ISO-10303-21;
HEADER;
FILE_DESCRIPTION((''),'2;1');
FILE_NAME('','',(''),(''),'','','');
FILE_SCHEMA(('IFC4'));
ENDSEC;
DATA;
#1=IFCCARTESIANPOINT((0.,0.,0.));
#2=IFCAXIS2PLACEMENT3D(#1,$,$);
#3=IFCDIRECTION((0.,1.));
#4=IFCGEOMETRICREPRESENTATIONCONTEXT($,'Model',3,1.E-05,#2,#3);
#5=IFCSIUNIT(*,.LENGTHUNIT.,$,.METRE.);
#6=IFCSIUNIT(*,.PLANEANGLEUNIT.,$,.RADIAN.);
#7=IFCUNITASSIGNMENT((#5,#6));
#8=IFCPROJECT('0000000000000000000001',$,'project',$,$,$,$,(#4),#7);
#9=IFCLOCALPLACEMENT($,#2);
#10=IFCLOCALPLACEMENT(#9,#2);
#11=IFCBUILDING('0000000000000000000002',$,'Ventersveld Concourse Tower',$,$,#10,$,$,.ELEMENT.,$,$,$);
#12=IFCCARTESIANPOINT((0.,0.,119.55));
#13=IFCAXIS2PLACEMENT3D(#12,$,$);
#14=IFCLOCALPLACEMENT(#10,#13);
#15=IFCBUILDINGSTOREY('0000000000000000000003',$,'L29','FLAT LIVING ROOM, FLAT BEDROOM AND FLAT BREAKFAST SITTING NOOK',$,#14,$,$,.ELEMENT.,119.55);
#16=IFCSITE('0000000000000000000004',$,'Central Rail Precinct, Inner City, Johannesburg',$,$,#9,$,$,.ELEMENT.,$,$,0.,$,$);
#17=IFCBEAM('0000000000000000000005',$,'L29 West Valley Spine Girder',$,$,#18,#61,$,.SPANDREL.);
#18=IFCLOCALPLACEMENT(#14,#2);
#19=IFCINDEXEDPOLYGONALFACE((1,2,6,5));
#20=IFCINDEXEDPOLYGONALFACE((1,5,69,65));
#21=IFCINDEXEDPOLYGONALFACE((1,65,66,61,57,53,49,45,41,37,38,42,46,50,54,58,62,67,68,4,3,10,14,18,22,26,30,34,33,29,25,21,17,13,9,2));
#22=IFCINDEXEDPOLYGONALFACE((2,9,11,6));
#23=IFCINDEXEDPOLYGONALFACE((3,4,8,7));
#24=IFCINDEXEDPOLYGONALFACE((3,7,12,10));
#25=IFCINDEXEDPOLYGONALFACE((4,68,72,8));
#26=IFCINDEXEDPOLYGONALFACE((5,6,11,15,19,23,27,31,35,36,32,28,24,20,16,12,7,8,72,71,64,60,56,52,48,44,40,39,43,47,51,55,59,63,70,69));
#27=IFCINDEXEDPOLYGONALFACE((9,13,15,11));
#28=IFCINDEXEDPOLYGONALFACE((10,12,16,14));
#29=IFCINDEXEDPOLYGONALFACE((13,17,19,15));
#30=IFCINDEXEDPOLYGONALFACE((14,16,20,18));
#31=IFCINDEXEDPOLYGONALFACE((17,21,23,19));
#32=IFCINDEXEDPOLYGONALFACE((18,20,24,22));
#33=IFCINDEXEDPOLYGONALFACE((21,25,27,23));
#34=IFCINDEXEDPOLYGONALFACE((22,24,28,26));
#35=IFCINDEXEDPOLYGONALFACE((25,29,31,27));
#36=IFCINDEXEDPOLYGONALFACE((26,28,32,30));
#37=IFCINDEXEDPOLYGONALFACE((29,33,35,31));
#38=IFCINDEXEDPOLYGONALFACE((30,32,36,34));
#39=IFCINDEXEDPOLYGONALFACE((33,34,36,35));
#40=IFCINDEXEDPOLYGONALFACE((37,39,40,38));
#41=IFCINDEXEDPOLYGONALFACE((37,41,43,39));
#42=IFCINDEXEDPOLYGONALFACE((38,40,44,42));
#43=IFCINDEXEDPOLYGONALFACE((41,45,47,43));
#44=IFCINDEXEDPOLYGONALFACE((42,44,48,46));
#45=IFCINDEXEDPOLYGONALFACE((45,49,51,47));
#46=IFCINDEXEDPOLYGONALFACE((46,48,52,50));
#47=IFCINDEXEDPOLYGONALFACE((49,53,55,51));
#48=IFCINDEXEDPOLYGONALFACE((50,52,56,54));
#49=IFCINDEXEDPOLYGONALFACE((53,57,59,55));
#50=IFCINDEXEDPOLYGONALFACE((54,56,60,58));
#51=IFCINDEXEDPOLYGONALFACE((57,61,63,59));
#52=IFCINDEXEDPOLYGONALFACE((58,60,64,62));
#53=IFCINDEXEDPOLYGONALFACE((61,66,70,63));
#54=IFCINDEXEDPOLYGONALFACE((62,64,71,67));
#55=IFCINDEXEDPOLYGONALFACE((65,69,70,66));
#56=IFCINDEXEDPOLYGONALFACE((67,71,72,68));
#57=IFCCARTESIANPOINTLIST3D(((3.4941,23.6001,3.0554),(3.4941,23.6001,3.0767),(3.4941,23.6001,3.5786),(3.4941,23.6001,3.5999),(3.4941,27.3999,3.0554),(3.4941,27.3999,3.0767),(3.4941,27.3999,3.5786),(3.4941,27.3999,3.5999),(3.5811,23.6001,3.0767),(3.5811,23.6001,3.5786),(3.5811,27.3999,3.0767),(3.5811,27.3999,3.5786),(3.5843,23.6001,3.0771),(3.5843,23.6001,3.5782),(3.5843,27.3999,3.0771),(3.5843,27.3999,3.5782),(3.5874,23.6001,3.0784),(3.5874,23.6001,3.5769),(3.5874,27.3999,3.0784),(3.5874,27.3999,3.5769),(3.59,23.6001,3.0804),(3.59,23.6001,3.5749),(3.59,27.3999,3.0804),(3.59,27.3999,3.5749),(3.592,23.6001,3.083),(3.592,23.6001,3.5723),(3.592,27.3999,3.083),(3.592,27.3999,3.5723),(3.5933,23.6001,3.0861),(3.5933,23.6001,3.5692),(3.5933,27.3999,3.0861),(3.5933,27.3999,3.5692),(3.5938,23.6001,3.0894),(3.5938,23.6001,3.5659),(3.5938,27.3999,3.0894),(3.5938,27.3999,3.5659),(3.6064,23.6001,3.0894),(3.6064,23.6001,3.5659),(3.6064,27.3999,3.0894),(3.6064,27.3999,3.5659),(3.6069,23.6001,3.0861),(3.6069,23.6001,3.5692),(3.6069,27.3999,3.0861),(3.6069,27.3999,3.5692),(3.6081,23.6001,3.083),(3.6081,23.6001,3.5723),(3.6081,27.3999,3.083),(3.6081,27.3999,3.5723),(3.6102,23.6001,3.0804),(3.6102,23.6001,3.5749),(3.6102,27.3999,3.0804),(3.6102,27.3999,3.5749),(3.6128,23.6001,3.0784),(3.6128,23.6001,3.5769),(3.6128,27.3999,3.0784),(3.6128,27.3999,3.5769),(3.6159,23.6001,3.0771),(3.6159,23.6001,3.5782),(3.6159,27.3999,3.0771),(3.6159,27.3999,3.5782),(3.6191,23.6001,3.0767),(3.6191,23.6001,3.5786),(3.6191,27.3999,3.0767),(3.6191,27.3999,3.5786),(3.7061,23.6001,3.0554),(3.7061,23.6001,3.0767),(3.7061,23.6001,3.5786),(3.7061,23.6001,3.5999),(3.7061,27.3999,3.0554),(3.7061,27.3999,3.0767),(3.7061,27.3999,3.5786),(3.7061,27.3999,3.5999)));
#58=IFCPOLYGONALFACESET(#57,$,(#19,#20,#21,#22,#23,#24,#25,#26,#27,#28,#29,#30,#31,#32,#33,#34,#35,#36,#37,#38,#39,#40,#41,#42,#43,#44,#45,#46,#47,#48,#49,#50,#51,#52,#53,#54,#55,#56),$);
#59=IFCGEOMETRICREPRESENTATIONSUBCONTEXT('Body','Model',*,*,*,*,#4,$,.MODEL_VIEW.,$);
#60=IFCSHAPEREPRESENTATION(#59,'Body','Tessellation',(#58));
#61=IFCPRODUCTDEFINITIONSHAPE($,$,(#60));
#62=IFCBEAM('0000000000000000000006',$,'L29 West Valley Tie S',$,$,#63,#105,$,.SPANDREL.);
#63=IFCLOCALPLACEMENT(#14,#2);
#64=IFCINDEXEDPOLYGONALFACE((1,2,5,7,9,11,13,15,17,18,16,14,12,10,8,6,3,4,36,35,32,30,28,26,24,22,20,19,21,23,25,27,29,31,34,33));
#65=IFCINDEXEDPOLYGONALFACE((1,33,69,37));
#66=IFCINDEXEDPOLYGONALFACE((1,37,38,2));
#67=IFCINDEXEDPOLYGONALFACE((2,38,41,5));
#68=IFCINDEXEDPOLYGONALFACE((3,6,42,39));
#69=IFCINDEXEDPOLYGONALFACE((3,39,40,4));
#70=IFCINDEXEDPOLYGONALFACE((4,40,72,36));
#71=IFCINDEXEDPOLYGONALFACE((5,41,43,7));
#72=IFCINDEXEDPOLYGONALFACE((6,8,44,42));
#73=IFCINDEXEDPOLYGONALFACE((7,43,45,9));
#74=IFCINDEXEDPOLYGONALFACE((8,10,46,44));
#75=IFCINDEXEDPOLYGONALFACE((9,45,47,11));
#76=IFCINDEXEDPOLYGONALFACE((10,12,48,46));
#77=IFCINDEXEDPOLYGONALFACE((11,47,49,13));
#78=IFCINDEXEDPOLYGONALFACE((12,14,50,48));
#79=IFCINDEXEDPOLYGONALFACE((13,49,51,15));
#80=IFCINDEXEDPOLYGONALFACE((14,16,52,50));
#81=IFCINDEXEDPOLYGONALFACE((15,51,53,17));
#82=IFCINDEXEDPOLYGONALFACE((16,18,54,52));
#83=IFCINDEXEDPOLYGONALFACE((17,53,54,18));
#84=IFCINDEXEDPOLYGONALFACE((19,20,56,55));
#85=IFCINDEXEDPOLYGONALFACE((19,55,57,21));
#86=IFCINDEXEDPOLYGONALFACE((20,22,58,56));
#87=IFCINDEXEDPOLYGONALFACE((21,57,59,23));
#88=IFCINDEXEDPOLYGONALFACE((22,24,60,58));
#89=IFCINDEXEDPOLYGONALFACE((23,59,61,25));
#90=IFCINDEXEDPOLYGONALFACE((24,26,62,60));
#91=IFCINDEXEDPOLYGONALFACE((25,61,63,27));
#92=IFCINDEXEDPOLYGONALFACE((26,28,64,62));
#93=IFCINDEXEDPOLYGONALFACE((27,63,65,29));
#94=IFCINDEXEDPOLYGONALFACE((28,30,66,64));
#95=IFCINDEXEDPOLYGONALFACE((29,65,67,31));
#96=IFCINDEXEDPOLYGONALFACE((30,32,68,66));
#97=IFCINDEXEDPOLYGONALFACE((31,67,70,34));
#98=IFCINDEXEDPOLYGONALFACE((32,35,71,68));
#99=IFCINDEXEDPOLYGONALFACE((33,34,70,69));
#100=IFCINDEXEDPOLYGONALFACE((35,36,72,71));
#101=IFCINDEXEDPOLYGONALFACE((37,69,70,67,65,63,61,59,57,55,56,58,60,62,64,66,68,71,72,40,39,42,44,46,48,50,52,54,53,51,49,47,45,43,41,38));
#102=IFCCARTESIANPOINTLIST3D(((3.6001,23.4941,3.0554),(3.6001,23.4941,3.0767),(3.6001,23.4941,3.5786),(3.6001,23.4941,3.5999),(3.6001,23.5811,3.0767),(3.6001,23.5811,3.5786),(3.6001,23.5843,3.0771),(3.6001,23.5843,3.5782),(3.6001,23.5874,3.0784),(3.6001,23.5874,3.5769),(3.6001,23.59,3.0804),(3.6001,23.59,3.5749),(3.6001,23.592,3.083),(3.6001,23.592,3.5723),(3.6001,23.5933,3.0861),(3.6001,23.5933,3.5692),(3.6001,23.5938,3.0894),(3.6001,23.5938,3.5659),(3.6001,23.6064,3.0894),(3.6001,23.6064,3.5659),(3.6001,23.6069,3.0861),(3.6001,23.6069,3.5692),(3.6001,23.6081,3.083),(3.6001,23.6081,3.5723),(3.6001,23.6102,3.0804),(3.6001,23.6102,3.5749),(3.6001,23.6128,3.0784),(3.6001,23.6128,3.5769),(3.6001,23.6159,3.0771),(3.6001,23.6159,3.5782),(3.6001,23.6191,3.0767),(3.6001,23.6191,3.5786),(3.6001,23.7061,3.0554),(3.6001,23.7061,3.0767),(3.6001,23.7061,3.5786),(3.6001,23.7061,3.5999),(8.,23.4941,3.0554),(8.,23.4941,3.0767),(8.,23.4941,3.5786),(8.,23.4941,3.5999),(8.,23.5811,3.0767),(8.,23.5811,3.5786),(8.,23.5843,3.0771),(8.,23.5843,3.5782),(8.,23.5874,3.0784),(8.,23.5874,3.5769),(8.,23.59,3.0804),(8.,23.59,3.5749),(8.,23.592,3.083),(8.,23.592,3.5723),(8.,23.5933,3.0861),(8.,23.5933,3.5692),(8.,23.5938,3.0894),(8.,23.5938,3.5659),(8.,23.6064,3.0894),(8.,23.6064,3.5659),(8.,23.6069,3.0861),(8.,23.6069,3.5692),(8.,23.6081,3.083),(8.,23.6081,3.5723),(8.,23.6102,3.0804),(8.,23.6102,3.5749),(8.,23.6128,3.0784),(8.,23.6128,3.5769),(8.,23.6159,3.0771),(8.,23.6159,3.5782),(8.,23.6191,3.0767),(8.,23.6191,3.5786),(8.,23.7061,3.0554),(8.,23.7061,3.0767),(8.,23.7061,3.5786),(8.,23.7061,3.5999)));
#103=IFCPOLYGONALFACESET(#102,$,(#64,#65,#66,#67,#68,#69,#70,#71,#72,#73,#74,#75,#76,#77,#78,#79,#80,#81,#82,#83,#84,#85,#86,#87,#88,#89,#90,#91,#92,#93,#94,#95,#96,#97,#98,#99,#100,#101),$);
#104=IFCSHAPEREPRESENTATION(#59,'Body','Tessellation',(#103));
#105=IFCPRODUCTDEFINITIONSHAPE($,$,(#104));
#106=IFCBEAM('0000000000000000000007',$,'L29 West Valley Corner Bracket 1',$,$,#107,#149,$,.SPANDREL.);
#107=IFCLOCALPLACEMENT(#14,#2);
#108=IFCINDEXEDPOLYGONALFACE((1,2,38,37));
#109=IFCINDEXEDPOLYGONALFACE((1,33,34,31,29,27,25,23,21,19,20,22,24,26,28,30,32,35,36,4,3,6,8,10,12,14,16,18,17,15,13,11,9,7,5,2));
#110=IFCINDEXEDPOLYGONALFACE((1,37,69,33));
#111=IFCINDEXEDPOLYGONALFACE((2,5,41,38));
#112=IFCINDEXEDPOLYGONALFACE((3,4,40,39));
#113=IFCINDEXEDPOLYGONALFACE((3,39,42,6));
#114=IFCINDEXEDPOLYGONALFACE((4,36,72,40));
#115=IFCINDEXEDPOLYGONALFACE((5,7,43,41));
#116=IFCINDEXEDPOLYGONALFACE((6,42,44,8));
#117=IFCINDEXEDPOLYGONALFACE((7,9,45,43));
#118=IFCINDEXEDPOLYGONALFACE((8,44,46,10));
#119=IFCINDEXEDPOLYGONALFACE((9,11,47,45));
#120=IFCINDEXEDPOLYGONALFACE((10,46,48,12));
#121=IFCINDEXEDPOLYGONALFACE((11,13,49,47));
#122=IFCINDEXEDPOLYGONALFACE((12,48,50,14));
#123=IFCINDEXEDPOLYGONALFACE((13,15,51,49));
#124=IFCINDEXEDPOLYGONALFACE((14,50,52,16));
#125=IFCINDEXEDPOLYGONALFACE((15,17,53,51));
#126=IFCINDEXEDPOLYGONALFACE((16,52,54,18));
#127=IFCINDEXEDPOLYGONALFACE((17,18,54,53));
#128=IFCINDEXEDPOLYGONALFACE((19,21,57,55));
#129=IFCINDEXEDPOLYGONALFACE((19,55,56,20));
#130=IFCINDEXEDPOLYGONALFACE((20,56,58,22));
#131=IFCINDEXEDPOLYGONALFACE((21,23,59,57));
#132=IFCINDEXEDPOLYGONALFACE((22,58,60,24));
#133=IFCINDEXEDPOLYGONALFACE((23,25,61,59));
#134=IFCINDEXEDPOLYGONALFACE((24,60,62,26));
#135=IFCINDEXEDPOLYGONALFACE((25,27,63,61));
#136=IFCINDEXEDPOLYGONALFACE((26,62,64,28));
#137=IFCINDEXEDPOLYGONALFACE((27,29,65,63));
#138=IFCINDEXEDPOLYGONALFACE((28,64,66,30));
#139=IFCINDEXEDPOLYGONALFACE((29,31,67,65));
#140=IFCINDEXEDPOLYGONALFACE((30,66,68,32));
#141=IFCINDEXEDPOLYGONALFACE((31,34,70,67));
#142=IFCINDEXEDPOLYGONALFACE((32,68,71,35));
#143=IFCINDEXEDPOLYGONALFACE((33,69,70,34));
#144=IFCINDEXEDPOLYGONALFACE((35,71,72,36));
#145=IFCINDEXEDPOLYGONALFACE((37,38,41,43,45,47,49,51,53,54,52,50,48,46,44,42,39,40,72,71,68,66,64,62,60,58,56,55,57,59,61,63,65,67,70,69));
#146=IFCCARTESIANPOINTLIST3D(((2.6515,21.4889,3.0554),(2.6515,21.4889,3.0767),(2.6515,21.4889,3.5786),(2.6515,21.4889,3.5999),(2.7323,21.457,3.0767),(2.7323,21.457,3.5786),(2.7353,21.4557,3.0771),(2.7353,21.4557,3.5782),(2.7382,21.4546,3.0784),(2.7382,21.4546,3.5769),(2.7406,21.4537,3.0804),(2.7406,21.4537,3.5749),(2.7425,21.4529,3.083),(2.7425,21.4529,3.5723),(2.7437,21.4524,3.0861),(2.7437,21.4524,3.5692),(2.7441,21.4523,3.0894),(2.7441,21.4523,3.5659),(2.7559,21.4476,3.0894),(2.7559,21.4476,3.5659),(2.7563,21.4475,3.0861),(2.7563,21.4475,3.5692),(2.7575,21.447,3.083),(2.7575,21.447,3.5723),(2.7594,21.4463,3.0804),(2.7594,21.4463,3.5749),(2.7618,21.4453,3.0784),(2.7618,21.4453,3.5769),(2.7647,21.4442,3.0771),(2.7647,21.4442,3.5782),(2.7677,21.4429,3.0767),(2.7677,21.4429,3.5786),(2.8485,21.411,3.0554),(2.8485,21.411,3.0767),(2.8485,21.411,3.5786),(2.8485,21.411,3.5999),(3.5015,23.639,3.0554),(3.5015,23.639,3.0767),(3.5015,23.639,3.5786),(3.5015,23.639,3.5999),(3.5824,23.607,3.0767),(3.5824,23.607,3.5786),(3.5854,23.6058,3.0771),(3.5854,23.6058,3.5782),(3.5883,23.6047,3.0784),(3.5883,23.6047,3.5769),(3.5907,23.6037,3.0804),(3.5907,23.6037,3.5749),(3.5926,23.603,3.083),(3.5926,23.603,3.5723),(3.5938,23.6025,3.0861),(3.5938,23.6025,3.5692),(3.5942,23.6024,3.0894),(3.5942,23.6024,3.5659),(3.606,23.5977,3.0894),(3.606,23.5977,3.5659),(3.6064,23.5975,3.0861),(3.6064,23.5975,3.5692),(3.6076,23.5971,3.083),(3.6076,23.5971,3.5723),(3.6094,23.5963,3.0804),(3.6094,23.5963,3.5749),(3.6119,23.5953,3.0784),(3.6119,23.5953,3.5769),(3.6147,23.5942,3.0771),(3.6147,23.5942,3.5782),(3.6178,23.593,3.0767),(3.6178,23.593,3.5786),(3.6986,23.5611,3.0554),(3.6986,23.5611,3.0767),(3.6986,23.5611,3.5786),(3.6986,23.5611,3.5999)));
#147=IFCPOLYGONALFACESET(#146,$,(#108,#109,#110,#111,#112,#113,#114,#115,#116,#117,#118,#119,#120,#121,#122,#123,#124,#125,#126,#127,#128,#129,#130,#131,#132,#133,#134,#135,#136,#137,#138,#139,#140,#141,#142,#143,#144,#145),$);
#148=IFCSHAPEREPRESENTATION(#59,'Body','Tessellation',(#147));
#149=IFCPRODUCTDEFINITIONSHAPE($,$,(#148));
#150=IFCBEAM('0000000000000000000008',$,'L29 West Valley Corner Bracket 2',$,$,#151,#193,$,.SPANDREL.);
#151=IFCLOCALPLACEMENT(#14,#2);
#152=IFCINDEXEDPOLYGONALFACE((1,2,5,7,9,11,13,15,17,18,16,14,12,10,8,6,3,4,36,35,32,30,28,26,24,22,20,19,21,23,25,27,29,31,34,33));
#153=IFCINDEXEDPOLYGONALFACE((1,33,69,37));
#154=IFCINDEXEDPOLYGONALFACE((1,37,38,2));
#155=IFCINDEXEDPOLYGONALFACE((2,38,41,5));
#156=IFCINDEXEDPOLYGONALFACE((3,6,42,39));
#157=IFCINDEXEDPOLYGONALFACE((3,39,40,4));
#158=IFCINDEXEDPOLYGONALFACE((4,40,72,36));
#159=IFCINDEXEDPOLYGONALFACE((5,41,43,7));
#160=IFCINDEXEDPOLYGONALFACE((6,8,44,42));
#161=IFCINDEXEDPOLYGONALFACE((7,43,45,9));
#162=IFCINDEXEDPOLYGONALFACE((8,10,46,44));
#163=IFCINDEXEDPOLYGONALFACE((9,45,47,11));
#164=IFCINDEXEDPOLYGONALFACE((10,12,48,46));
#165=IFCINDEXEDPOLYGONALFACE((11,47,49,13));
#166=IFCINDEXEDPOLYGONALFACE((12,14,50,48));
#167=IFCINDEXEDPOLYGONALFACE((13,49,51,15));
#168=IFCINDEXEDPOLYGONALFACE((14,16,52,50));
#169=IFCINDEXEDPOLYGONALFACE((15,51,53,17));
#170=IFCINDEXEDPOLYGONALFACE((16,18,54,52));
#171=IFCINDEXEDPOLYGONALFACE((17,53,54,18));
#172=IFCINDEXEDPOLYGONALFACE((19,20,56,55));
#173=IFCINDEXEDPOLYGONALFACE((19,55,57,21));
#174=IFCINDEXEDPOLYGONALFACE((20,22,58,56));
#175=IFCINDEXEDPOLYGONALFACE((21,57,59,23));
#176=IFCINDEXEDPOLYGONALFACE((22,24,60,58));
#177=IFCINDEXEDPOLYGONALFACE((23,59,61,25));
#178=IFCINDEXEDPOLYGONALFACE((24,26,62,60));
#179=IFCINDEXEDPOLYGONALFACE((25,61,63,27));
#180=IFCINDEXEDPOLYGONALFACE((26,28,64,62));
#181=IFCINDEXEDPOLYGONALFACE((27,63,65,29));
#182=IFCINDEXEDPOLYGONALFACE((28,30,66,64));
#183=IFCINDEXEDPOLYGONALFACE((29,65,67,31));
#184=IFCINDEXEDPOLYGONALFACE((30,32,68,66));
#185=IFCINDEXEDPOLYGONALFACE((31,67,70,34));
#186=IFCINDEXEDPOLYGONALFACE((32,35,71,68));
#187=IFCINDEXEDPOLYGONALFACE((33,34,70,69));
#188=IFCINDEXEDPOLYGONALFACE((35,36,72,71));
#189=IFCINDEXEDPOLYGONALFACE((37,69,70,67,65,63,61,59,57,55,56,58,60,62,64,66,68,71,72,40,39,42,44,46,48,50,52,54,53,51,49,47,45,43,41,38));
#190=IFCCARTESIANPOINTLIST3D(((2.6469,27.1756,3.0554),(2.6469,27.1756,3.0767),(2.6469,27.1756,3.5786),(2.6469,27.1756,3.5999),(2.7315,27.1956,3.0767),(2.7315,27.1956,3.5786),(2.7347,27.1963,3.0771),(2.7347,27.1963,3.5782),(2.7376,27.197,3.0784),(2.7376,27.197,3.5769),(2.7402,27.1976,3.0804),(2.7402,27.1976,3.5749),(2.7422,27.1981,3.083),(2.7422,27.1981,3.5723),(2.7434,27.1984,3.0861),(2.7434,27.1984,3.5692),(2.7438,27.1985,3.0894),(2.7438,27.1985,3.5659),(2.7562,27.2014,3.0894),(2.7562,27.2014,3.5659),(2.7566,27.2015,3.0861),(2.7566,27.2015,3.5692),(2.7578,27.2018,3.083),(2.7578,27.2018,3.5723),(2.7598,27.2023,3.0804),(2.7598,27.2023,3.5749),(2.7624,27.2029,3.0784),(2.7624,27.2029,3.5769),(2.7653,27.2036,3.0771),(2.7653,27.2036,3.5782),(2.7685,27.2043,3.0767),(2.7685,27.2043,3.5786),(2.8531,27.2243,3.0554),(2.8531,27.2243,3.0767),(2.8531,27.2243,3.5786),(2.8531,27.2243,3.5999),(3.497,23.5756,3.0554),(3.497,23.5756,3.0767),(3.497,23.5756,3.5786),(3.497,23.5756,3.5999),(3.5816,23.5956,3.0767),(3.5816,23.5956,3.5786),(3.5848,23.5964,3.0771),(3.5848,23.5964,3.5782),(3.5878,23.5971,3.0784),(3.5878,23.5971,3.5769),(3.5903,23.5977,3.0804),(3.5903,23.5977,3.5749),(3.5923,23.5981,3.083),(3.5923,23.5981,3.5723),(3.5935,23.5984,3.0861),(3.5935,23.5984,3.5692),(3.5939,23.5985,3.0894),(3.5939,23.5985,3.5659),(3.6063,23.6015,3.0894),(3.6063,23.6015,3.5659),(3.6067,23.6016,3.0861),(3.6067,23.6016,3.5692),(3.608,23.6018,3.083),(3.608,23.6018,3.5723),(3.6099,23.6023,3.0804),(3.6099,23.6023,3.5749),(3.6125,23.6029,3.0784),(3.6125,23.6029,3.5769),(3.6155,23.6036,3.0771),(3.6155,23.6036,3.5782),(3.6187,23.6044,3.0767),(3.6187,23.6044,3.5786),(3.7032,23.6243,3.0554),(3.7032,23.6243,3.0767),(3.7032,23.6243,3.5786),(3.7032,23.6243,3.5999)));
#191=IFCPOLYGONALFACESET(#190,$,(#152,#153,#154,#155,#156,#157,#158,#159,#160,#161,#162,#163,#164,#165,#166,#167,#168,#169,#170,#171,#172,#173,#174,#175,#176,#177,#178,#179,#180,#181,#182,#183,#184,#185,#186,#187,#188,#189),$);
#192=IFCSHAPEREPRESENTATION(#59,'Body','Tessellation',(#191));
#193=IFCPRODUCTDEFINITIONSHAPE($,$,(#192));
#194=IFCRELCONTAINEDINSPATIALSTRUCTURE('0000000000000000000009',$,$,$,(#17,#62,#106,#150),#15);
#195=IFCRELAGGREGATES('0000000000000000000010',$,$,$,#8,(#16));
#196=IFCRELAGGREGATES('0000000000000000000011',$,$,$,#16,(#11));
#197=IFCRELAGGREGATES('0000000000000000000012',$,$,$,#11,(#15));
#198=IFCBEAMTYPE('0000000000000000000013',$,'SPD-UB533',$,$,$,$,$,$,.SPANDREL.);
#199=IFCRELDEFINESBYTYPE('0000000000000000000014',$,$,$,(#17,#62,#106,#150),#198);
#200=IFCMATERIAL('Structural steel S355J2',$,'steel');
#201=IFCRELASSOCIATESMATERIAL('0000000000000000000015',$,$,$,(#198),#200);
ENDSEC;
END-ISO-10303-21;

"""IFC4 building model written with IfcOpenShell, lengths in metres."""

from ifc_helpers import new_model, si_unit, direction, frame, origin, origin_2d, place, context, subcontext, project, spatial, i_section, extrude, material, material_profile, profile_set, type_object, element, save


model = new_model("IFC4")

# Units and contexts
model_context = context("Model", 3, precision=1e-05, world=origin(), true_north=direction((0.0, 1.0)))
body_context = subcontext(model_context, "Body", "Model", "MODEL_VIEW")
ifc_project = project(units=[si_unit("LENGTHUNIT", "METRE"), si_unit("PLANEANGLEUNIT", "RADIAN")], contexts=[model_context])

# Site, building, storey
site_placement = place(None, origin())
site = spatial("IfcSite", under=ifc_project, at=site_placement, Name="Central Rail Precinct, Inner City, Johannesburg", CompositionType="ELEMENT", RefElevation=0.0)
building_placement = place(site_placement, origin())
building = spatial("IfcBuilding", under=site, at=building_placement, Name="Ventersveld Concourse Tower", CompositionType="ELEMENT")
storey_placement = place(building_placement, frame((0.0, 0.0, 119.55)))
storey = spatial("IfcBuildingStorey", under=building, at=storey_placement, Name="L29", Description="FLAT LIVING ROOM, FLAT BEDROOM AND FLAT BREAKFAST SITTING NOOK", CompositionType="ELEMENT", Elevation=119.55)

# Beams
ifc_material_1 = material(Name="Structural steel S355J2", Category="steel")
ifc_material_profile_1 = material_profile(ifc_material_1, i_section(OverallWidth=0.2119, OverallDepth=0.5444, WebThickness=0.0127, FlangeThickness=0.0212, FilletRadius=0.0127, at=origin_2d()), Name="UB 533x210x122")
ifc_profile_set_1 = profile_set([ifc_material_profile_1], Name="Structural steel S355J2")
beam_type_1 = type_object("IfcBeamType", Name="SPD-UB533", PredefinedType="SPANDREL", material=ifc_profile_set_1)
beam_1_placement = place(storey_placement, frame((3.6001, 23.6001, 3.3276), z_axis=(0.0, 1.0, 0.0), x_axis=(-1.0, 0.0, 0.0)))
element("IfcBeam", 1, at=beam_1_placement, inside=storey, type_object=beam_type_1, Name="L29 West Valley Spine Girder", PredefinedType="SPANDREL", context=body_context, shape_type="SweptSolid", body=[
    extrude(i_section(OverallWidth=0.2119, OverallDepth=0.5444, WebThickness=0.0127, FlangeThickness=0.0212, FilletRadius=0.0127, at=origin_2d()), origin(), (0.0, 0.0, 1.0), 3.7998),
])
beam_2_placement = place(storey_placement, frame((3.6001, 23.6001, 3.3276), z_axis=(1.0, 0.0, 0.0), x_axis=(0.0, 1.0, 0.0)))
element("IfcBeam", 2, at=beam_2_placement, inside=storey, type_object=beam_type_1, Name="L29 West Valley Tie S", PredefinedType="SPANDREL", context=body_context, shape_type="SweptSolid", body=[
    extrude(i_section(OverallWidth=0.2119, OverallDepth=0.5444, WebThickness=0.0127, FlangeThickness=0.0212, FilletRadius=0.0127, at=origin_2d()), origin(), (0.0, 0.0, 1.0), 4.3999),
])
beam_3_placement = place(storey_placement, frame((2.75, 21.45, 3.3276), z_axis=(0.367674, 0.929955, 0.0), x_axis=(-0.929955, 0.367674, 0.0)))
element("IfcBeam", 3, at=beam_3_placement, inside=storey, type_object=beam_type_1, Name="L29 West Valley Corner Bracket 1", PredefinedType="SPANDREL", context=body_context, shape_type="SweptSolid", body=[
    extrude(i_section(OverallWidth=0.2119, OverallDepth=0.5444, WebThickness=0.0127, FlangeThickness=0.0212, FilletRadius=0.0127, at=origin_2d()), origin(), (0.0, 0.0, 1.0), 2.312),
])
beam_4_placement = place(storey_placement, frame((2.75, 27.2, 3.3276), z_axis=(0.229827, -0.973232, 0.0), x_axis=(0.973232, 0.229827, 0.0)))
element("IfcBeam", 4, at=beam_4_placement, inside=storey, type_object=beam_type_1, Name="L29 West Valley Corner Bracket 2", PredefinedType="SPANDREL", context=body_context, shape_type="SweptSolid", body=[
    extrude(i_section(OverallWidth=0.2119, OverallDepth=0.5444, WebThickness=0.0127, FlangeThickness=0.0212, FilletRadius=0.0127, at=origin_2d()), origin(), (0.0, 0.0, 1.0), 3.699),
])

save(model, "model.ifc")
